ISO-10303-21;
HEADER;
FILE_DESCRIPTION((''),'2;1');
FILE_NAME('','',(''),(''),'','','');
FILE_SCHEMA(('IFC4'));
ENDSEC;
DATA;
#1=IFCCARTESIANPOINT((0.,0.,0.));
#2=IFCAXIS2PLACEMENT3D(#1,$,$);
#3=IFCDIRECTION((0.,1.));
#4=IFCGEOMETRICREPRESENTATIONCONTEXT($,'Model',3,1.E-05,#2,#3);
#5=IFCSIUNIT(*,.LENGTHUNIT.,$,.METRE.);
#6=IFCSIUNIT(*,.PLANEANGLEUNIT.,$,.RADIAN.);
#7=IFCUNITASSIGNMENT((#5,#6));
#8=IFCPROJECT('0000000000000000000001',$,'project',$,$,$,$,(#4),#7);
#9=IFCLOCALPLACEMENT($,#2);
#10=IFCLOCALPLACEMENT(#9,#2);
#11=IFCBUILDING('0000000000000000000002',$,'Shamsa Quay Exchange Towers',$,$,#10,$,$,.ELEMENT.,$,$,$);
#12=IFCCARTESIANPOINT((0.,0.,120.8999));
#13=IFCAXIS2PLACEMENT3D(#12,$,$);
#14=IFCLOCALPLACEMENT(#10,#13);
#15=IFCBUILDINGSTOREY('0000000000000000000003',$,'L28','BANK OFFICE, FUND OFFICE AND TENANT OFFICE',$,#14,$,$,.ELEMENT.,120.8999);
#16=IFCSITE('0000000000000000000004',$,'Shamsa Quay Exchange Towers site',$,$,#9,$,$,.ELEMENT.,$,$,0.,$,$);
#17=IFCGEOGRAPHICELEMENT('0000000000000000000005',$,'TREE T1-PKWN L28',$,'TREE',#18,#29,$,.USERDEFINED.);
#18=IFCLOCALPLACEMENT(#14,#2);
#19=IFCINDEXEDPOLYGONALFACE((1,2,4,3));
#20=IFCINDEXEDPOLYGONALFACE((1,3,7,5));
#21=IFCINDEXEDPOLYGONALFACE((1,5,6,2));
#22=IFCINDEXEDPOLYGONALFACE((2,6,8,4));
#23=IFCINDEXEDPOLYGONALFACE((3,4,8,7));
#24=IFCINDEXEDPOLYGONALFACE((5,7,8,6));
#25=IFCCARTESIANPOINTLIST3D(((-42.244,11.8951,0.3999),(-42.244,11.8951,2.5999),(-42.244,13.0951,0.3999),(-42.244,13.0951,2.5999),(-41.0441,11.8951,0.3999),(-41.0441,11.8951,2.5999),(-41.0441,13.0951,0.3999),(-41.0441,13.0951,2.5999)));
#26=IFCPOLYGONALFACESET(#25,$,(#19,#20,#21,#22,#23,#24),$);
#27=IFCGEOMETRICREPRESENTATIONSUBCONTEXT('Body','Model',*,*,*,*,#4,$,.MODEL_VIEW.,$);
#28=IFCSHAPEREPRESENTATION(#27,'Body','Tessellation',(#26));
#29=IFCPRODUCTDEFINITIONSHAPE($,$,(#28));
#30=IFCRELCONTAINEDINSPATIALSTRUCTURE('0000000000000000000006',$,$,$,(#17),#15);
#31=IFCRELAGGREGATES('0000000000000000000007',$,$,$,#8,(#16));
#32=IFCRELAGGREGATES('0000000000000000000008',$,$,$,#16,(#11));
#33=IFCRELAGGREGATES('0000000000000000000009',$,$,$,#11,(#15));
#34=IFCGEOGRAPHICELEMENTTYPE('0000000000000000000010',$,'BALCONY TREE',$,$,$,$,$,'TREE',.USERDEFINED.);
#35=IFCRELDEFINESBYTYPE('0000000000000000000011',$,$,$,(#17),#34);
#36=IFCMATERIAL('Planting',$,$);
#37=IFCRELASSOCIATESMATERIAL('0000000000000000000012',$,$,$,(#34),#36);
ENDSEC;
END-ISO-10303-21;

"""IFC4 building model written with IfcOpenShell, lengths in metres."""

from ifc_helpers import new_model, si_unit, direction, frame, origin, origin_2d, place, context, subcontext, project, spatial, rectangle, extrude, material, type_object, element, save


model = new_model("IFC4")

# Units and contexts
model_context = context("Model", 3, precision=1e-05, world=origin(), true_north=direction((0.0, 1.0)))
body_context = subcontext(model_context, "Body", "Model", "MODEL_VIEW")
ifc_project = project(units=[si_unit("LENGTHUNIT", "METRE"), si_unit("PLANEANGLEUNIT", "RADIAN")], contexts=[model_context])

# Site, building, storey
site_placement = place(None, origin())
site = spatial("IfcSite", under=ifc_project, at=site_placement, Name="Shamsa Quay Exchange Towers site", CompositionType="ELEMENT", RefElevation=0.0)
building_placement = place(site_placement, origin())
building = spatial("IfcBuilding", under=site, at=building_placement, Name="Shamsa Quay Exchange Towers", CompositionType="ELEMENT")
storey_placement = place(building_placement, frame((0.0, 0.0, 120.8999)))
storey = spatial("IfcBuildingStorey", under=building, at=storey_placement, Name="L28", Description="BANK OFFICE, FUND OFFICE AND TENANT OFFICE", CompositionType="ELEMENT", Elevation=120.8999)

# Geographic element
ifc_material_1 = material(Name="Planting")
geographic_element_type = type_object("IfcGeographicElementType", Name="BALCONY TREE", ElementType="TREE", PredefinedType="USERDEFINED", material=ifc_material_1)
geographic_element_placement = place(storey_placement, frame((-41.644, 12.4951, 0.3999), z_axis=(0.0, 0.0, 1.0), x_axis=(-1.0, 0.0, 0.0)))
element("IfcGeographicElement", 1, at=geographic_element_placement, inside=storey, type_object=geographic_element_type, Name="TREE T1-PKWN L28", ObjectType="TREE", PredefinedType="USERDEFINED", context=body_context, shape_type="SweptSolid", body=[
    extrude(rectangle(XDim=1.2, YDim=1.2, at=origin_2d()), origin(), (0.0, 0.0, 1.0), 2.2),
])

save(model, "model.ifc")
